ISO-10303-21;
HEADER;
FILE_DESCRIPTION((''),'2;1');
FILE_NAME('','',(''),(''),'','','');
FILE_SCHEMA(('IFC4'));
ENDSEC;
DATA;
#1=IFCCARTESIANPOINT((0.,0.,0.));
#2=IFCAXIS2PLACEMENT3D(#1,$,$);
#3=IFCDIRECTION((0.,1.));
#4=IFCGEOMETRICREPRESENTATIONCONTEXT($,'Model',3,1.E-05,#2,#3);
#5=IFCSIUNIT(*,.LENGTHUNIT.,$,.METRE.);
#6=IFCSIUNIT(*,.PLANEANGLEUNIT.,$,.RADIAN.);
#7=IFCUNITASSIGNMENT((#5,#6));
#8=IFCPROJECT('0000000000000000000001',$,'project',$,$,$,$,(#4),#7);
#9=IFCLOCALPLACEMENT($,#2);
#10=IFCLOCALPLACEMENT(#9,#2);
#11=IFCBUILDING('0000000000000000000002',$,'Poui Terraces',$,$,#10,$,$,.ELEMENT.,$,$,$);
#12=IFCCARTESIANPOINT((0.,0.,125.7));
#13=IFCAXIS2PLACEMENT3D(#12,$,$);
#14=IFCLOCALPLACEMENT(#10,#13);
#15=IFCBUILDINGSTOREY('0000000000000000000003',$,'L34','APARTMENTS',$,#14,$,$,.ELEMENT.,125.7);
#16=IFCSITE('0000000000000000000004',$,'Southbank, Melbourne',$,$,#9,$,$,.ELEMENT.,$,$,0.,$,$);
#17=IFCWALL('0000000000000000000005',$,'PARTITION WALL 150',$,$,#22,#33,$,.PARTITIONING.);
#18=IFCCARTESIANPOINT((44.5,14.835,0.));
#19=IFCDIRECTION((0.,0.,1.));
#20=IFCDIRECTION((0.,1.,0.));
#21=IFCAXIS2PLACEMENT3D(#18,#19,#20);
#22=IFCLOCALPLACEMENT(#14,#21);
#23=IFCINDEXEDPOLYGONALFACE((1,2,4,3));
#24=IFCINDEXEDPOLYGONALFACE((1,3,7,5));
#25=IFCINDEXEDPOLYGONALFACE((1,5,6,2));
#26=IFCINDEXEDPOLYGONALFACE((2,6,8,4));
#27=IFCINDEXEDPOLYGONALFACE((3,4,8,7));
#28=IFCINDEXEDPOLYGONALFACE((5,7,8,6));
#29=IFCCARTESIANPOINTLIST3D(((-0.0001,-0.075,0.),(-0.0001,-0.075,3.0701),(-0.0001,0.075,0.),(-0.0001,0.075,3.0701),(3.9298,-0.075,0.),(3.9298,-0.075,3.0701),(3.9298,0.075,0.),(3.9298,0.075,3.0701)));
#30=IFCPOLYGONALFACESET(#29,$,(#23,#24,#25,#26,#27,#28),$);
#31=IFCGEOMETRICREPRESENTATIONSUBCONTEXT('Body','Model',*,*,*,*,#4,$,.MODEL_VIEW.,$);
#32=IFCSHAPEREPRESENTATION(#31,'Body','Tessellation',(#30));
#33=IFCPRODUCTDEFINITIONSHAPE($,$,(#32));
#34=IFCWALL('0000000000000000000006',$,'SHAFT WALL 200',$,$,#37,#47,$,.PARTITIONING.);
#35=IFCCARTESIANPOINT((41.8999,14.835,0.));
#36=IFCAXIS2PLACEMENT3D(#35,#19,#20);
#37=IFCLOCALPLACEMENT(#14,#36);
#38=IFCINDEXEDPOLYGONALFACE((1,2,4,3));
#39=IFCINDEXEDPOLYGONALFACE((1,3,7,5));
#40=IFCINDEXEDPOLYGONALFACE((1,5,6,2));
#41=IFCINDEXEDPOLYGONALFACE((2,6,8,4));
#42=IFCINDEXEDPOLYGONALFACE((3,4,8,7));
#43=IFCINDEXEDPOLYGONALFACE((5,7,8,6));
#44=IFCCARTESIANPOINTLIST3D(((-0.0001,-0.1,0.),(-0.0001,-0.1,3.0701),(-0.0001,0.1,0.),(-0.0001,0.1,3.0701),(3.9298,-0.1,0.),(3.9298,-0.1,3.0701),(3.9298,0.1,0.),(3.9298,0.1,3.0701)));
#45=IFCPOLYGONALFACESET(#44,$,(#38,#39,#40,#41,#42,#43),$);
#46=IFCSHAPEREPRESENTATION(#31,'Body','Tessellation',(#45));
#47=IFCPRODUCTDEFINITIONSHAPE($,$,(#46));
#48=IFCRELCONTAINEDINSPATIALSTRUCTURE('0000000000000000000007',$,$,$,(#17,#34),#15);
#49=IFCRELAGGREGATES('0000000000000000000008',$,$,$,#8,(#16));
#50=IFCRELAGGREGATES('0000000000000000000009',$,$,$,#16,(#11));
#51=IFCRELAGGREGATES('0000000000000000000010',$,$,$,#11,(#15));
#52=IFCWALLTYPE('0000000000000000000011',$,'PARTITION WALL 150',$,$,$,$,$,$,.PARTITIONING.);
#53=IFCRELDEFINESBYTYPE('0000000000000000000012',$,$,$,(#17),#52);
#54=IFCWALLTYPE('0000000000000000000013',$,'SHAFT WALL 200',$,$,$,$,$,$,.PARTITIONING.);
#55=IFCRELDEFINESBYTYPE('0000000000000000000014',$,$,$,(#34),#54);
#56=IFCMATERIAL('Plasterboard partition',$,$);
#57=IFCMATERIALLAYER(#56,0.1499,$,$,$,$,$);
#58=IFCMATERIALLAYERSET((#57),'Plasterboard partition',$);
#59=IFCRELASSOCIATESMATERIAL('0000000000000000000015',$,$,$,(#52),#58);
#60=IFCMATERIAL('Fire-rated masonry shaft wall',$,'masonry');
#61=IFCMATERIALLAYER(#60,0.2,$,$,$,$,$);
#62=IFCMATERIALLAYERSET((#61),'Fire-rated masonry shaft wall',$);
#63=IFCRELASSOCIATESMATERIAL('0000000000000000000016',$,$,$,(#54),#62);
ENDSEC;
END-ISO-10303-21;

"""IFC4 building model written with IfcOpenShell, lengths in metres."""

from ifc_helpers import new_model, si_unit, direction, frame, frame_2d, origin, place, context, subcontext, project, spatial, rectangle, extrude, material, layer, layer_set, type_object, element, save


model = new_model("IFC4")

# Units and contexts
model_context = context("Model", 3, precision=1e-05, world=origin(), true_north=direction((0.0, 1.0)))
body_context = subcontext(model_context, "Body", "Model", "MODEL_VIEW")
ifc_project = project(units=[si_unit("LENGTHUNIT", "METRE"), si_unit("PLANEANGLEUNIT", "RADIAN")], contexts=[model_context])

# Site, building, storey
site_placement = place(None, origin())
site = spatial("IfcSite", under=ifc_project, at=site_placement, Name="Southbank, Melbourne", CompositionType="ELEMENT", RefElevation=0.0)
building_placement = place(site_placement, origin())
building = spatial("IfcBuilding", under=site, at=building_placement, Name="Poui Terraces", CompositionType="ELEMENT")
storey_placement = place(building_placement, frame((0.0, 0.0, 125.7)))
storey = spatial("IfcBuildingStorey", under=building, at=storey_placement, Name="L34", Description="APARTMENTS", CompositionType="ELEMENT", Elevation=125.7)

# Wall
ifc_material_1 = material(Name="Plasterboard partition")
ifc_layer_1 = layer(ifc_material_1, 0.1499)
ifc_layer_set_1 = layer_set([ifc_layer_1], Name="Plasterboard partition")
wall_type_1 = type_object("IfcWallType", Name="PARTITION WALL 150", PredefinedType="PARTITIONING", material=ifc_layer_set_1)
wall_1_placement = place(storey_placement, frame((44.5, 14.835, 0.0), z_axis=(0.0, 0.0, 1.0), x_axis=(0.0, 1.0, 0.0)))
element("IfcWall", 1, at=wall_1_placement, inside=storey, type_object=wall_type_1, Name="PARTITION WALL 150", PredefinedType="PARTITIONING", context=body_context, shape_type="SweptSolid", body=[
    extrude(rectangle(XDim=3.9299, YDim=0.1499, at=frame_2d((1.9648, 0.0))), origin(), (0.0, 0.0, 1.0), 3.0701),
])

# Shared definitions
ifc_material_2 = material(Name="Fire-rated masonry shaft wall", Category="masonry")
ifc_layer_2 = layer(ifc_material_2, 0.2)
ifc_layer_set_2 = layer_set([ifc_layer_2], Name="Fire-rated masonry shaft wall")
wall_type_2 = type_object("IfcWallType", Name="SHAFT WALL 200", PredefinedType="PARTITIONING", material=ifc_layer_set_2)

# Wall
wall_2_placement = place(storey_placement, frame((41.8999, 14.835, 0.0), z_axis=(0.0, 0.0, 1.0), x_axis=(0.0, 1.0, 0.0)))
element("IfcWall", 2, at=wall_2_placement, inside=storey, type_object=wall_type_2, Name="SHAFT WALL 200", PredefinedType="PARTITIONING", context=body_context, shape_type="SweptSolid", body=[
    extrude(rectangle(XDim=3.9299, YDim=0.2, at=frame_2d((1.9648, 0.0))), origin(), (0.0, 0.0, 1.0), 3.0701),
])

save(model, "model.ifc")
